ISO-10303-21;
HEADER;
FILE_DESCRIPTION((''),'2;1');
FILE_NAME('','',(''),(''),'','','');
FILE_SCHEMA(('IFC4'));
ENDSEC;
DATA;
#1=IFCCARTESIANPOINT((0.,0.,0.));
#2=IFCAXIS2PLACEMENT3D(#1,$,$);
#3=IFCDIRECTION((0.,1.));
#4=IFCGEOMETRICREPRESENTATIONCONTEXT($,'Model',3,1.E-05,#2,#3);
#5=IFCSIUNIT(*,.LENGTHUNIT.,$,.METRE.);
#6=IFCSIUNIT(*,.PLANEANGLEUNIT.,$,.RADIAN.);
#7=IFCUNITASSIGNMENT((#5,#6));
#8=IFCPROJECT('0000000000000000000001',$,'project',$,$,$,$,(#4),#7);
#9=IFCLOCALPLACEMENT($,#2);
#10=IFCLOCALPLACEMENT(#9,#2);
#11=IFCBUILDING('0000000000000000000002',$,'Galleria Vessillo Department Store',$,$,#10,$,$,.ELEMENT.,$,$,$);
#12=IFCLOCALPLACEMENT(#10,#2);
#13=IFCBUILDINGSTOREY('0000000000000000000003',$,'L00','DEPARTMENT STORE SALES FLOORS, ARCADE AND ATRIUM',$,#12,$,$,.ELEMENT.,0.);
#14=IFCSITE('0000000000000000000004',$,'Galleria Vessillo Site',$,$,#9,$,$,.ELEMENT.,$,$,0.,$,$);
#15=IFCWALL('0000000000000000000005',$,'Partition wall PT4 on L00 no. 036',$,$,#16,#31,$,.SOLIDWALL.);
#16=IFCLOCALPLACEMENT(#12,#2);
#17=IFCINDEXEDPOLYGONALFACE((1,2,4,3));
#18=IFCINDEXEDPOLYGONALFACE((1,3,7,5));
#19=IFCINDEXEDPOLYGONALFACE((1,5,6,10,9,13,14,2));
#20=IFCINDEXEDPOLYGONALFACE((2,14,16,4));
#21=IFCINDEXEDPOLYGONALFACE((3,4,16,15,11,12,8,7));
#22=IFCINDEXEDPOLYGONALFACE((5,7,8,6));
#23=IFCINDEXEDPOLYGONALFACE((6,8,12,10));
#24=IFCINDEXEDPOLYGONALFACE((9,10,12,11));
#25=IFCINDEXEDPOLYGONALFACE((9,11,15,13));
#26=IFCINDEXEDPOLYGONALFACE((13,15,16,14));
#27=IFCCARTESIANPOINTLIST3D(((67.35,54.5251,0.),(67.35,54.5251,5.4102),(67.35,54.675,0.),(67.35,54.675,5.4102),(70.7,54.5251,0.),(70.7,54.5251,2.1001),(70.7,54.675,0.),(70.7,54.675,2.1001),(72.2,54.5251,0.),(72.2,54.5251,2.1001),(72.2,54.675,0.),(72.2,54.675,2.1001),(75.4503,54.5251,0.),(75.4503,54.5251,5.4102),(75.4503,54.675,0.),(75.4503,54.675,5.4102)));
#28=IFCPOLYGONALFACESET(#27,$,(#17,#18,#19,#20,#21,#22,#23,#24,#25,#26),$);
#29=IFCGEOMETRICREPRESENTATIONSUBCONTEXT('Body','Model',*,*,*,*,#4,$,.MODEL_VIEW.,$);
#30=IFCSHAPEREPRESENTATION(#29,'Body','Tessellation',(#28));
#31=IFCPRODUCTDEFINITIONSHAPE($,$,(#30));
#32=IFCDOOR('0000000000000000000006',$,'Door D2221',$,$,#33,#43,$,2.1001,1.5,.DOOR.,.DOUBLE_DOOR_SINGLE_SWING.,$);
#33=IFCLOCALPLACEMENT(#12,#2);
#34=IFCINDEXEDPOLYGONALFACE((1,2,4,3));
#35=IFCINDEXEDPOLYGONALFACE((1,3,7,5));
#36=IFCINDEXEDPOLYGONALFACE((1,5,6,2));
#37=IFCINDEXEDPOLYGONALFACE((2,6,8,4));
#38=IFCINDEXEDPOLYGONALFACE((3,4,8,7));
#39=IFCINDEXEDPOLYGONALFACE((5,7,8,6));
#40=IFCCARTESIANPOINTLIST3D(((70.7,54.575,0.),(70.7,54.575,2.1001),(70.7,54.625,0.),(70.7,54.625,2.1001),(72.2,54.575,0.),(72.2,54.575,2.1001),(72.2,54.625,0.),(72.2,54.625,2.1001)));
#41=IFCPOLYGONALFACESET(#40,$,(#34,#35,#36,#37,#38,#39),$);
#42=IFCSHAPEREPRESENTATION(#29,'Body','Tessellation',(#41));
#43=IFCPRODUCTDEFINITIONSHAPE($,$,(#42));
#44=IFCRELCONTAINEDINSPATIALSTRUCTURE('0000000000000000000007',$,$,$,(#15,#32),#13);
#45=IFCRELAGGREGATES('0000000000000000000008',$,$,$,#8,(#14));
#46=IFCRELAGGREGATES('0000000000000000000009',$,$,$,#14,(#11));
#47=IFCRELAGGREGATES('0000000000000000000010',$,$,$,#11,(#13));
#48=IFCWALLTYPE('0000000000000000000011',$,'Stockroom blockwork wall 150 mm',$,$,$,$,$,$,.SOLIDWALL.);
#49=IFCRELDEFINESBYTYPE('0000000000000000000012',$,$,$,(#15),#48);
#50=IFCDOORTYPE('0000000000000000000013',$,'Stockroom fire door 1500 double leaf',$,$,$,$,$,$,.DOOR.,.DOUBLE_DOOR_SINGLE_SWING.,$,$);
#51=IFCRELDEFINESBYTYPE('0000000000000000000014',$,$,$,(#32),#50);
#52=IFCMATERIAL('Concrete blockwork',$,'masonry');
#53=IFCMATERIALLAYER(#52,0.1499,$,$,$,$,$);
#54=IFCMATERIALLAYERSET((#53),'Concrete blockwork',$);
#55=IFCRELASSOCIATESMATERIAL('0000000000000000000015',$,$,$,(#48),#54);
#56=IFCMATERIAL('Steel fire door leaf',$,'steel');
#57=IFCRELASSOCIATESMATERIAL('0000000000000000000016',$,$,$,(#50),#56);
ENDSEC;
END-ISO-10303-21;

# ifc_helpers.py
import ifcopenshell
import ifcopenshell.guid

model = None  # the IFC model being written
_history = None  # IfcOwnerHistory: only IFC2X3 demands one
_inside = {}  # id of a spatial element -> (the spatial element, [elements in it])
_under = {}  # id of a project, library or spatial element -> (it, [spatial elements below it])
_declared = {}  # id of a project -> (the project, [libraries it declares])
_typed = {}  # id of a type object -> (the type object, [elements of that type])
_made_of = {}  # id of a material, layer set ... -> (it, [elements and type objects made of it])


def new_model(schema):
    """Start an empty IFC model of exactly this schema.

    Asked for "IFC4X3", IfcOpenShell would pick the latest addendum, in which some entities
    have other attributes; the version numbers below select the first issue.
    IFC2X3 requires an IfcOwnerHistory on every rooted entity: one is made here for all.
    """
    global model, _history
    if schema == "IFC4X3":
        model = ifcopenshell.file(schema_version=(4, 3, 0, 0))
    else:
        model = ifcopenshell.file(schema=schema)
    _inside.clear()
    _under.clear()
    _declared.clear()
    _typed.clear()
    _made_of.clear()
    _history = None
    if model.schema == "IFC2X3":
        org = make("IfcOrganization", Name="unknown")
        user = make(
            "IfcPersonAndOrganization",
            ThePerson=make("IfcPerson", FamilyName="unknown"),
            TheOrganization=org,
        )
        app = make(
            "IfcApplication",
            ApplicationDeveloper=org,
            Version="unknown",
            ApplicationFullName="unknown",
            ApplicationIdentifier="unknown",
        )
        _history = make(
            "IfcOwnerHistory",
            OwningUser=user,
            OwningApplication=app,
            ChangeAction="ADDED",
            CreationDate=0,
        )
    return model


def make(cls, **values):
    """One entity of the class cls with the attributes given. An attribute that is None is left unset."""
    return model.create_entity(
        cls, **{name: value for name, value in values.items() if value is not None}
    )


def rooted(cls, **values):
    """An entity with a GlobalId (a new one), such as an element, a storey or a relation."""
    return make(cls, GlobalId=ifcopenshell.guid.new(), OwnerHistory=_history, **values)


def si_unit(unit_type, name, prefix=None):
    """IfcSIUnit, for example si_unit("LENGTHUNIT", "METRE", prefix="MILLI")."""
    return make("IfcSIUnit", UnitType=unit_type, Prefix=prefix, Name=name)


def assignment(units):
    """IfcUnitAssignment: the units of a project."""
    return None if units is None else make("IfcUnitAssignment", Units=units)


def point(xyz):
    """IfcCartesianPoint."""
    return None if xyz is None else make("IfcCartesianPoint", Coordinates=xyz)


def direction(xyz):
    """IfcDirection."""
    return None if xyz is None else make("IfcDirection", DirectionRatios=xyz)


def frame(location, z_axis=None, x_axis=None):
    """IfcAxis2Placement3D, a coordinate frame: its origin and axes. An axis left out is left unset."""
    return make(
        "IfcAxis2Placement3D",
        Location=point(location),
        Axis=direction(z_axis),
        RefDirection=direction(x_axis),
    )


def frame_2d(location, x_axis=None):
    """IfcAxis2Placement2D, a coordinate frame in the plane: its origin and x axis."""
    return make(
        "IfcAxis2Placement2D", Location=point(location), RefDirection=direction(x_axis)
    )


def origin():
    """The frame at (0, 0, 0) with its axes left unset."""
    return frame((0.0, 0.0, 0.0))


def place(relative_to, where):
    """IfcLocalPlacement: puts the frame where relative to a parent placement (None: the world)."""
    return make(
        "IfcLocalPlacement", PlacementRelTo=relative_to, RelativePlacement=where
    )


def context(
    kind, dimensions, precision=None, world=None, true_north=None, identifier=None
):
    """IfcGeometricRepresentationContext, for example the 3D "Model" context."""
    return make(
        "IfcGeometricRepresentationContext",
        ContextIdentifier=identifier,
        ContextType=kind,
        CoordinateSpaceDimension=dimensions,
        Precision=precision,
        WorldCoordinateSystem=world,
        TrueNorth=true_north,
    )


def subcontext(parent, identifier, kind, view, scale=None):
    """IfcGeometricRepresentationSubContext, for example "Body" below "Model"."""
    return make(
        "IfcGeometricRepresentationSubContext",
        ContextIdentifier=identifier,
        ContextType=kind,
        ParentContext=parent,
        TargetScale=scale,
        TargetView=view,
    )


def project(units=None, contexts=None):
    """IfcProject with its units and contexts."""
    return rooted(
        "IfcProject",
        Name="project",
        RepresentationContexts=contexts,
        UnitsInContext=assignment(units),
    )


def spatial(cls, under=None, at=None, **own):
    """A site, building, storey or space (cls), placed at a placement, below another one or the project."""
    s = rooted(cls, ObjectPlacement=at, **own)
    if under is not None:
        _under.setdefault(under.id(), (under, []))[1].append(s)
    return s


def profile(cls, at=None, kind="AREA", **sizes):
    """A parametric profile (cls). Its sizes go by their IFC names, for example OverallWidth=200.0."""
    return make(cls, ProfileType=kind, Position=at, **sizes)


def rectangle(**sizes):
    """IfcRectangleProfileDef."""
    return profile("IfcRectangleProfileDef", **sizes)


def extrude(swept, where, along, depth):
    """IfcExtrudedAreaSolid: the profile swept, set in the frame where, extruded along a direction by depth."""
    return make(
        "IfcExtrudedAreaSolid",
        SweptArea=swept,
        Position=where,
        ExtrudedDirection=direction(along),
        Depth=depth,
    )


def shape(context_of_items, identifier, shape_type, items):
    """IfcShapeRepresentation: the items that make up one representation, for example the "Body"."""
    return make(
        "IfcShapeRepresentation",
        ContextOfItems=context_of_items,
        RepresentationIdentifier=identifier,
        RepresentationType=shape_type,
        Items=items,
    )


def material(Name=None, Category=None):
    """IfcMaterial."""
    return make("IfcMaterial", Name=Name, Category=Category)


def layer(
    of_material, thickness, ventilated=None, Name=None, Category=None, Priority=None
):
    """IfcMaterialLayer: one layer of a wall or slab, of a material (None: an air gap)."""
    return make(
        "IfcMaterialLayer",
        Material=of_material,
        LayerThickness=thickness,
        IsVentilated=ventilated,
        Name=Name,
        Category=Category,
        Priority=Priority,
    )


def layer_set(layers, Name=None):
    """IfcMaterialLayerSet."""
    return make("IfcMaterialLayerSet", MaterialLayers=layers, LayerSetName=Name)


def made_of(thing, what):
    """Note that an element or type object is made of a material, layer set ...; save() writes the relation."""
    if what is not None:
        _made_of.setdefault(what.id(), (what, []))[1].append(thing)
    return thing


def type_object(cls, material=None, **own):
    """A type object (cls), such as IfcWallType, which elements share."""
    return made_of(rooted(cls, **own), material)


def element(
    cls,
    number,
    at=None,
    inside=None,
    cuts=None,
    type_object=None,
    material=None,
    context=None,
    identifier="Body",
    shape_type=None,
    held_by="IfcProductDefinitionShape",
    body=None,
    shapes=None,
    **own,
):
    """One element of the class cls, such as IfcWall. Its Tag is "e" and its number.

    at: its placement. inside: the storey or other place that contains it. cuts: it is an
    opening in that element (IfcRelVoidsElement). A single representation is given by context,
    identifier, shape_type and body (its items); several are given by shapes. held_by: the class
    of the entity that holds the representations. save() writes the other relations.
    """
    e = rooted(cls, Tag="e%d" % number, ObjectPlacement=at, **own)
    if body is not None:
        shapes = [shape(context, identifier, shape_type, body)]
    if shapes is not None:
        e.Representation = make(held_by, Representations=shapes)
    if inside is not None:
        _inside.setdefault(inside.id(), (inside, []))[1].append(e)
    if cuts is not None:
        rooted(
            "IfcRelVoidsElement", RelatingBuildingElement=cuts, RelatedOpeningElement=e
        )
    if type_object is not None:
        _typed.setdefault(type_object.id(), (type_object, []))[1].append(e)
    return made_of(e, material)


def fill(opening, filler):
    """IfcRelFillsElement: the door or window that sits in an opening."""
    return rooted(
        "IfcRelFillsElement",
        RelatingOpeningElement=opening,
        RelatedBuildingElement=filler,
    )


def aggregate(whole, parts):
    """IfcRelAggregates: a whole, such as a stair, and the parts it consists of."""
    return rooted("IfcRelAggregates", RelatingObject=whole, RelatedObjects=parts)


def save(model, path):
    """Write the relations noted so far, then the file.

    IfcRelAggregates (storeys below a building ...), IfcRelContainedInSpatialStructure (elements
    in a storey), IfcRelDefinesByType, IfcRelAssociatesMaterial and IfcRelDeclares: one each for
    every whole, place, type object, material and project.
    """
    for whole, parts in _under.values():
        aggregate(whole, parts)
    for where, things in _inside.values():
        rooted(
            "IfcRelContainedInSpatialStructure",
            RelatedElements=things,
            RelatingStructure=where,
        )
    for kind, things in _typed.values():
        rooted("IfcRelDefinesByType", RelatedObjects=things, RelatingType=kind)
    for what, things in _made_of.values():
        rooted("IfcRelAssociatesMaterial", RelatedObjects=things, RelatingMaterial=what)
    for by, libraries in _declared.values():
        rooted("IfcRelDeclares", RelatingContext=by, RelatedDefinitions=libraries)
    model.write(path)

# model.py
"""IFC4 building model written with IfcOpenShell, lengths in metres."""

from ifc_helpers import new_model, si_unit, direction, frame, frame_2d, origin, place, context, subcontext, project, spatial, rectangle, extrude, material, layer, layer_set, type_object, element, fill, save


model = new_model("IFC4")

# Units and contexts
model_context = context("Model", 3, precision=1e-05, world=origin(), true_north=direction((0.0, 1.0)))
body_context = subcontext(model_context, "Body", "Model", "MODEL_VIEW")
ifc_project = project(units=[si_unit("LENGTHUNIT", "METRE"), si_unit("PLANEANGLEUNIT", "RADIAN")], contexts=[model_context])

# Site, building, storey
site_placement = place(None, origin())
site = spatial("IfcSite", under=ifc_project, at=site_placement, Name="Galleria Vessillo Site", CompositionType="ELEMENT", RefElevation=0.0)
building_placement = place(site_placement, origin())
building = spatial("IfcBuilding", under=site, at=building_placement, Name="Galleria Vessillo Department Store", CompositionType="ELEMENT")
storey_placement = place(building_placement, origin())
storey = spatial("IfcBuildingStorey", under=building, at=storey_placement, Name="L00", Description="DEPARTMENT STORE SALES FLOORS, ARCADE AND ATRIUM", CompositionType="ELEMENT", Elevation=0.0)

# Wall, opening, door
ifc_material_1 = material(Name="Concrete blockwork", Category="masonry")
ifc_layer_1 = layer(ifc_material_1, 0.1499)
ifc_layer_set_1 = layer_set([ifc_layer_1], Name="Concrete blockwork")
wall_type_1 = type_object("IfcWallType", Name="Stockroom blockwork wall 150 mm", PredefinedType="SOLIDWALL", material=ifc_layer_set_1)
wall_1_placement = place(storey_placement, frame((67.3499, 54.6001, 0.0), z_axis=(0.0, 0.0, 1.0), x_axis=(1.0, 0.0, 0.0)))
wall_1 = element("IfcWall", 1, at=wall_1_placement, inside=storey, type_object=wall_type_1, Name="Partition wall PT4 on L00 no. 036", PredefinedType="SOLIDWALL", context=body_context, shape_type="SweptSolid", body=[
    extrude(rectangle(XDim=8.1003, YDim=0.1499, at=frame_2d((4.0503, 0.0))), origin(), (0.0, 0.0, 1.0), 5.4102),
])
opening_1_placement = place(wall_1_placement, frame((3.3501, 0.0, 0.0)))
opening_1 = element("IfcOpeningElement", 2, at=opening_1_placement, cuts=wall_1, PredefinedType="OPENING", context=body_context, shape_type="SweptSolid", body=[
    extrude(rectangle(XDim=1.5, YDim=2.1001, at=frame_2d((0.75, 1.05))), frame((0.0, 0.085, 0.0), z_axis=(0.0, -1.0, 0.0), x_axis=(1.0, 0.0, 0.0)), (0.0, 0.0, 1.0), 0.1699),
])
ifc_material_2 = material(Name="Steel fire door leaf", Category="steel")
door_type_1 = type_object("IfcDoorType", Name="Stockroom fire door 1500 double leaf", OperationType="DOUBLE_DOOR_SINGLE_SWING", PredefinedType="DOOR", material=ifc_material_2)
door_1_placement = place(opening_1_placement, origin())
door_1 = element("IfcDoor", 3, at=door_1_placement, inside=storey, type_object=door_type_1, Name="Door D2221", OperationType="DOUBLE_DOOR_SINGLE_SWING", OverallHeight=2.1001, OverallWidth=1.5, PredefinedType="DOOR", context=body_context, shape_type="SweptSolid", body=[
    extrude(rectangle(XDim=1.5, YDim=2.1001, at=frame_2d((0.75, 1.05))), frame((0.0, 0.0249, 0.0), z_axis=(0.0, -1.0, 0.0), x_axis=(1.0, 0.0, 0.0)), (0.0, 0.0, 1.0), 0.05),
])
fill(opening_1, door_1)

save(model, "model.ifc")
